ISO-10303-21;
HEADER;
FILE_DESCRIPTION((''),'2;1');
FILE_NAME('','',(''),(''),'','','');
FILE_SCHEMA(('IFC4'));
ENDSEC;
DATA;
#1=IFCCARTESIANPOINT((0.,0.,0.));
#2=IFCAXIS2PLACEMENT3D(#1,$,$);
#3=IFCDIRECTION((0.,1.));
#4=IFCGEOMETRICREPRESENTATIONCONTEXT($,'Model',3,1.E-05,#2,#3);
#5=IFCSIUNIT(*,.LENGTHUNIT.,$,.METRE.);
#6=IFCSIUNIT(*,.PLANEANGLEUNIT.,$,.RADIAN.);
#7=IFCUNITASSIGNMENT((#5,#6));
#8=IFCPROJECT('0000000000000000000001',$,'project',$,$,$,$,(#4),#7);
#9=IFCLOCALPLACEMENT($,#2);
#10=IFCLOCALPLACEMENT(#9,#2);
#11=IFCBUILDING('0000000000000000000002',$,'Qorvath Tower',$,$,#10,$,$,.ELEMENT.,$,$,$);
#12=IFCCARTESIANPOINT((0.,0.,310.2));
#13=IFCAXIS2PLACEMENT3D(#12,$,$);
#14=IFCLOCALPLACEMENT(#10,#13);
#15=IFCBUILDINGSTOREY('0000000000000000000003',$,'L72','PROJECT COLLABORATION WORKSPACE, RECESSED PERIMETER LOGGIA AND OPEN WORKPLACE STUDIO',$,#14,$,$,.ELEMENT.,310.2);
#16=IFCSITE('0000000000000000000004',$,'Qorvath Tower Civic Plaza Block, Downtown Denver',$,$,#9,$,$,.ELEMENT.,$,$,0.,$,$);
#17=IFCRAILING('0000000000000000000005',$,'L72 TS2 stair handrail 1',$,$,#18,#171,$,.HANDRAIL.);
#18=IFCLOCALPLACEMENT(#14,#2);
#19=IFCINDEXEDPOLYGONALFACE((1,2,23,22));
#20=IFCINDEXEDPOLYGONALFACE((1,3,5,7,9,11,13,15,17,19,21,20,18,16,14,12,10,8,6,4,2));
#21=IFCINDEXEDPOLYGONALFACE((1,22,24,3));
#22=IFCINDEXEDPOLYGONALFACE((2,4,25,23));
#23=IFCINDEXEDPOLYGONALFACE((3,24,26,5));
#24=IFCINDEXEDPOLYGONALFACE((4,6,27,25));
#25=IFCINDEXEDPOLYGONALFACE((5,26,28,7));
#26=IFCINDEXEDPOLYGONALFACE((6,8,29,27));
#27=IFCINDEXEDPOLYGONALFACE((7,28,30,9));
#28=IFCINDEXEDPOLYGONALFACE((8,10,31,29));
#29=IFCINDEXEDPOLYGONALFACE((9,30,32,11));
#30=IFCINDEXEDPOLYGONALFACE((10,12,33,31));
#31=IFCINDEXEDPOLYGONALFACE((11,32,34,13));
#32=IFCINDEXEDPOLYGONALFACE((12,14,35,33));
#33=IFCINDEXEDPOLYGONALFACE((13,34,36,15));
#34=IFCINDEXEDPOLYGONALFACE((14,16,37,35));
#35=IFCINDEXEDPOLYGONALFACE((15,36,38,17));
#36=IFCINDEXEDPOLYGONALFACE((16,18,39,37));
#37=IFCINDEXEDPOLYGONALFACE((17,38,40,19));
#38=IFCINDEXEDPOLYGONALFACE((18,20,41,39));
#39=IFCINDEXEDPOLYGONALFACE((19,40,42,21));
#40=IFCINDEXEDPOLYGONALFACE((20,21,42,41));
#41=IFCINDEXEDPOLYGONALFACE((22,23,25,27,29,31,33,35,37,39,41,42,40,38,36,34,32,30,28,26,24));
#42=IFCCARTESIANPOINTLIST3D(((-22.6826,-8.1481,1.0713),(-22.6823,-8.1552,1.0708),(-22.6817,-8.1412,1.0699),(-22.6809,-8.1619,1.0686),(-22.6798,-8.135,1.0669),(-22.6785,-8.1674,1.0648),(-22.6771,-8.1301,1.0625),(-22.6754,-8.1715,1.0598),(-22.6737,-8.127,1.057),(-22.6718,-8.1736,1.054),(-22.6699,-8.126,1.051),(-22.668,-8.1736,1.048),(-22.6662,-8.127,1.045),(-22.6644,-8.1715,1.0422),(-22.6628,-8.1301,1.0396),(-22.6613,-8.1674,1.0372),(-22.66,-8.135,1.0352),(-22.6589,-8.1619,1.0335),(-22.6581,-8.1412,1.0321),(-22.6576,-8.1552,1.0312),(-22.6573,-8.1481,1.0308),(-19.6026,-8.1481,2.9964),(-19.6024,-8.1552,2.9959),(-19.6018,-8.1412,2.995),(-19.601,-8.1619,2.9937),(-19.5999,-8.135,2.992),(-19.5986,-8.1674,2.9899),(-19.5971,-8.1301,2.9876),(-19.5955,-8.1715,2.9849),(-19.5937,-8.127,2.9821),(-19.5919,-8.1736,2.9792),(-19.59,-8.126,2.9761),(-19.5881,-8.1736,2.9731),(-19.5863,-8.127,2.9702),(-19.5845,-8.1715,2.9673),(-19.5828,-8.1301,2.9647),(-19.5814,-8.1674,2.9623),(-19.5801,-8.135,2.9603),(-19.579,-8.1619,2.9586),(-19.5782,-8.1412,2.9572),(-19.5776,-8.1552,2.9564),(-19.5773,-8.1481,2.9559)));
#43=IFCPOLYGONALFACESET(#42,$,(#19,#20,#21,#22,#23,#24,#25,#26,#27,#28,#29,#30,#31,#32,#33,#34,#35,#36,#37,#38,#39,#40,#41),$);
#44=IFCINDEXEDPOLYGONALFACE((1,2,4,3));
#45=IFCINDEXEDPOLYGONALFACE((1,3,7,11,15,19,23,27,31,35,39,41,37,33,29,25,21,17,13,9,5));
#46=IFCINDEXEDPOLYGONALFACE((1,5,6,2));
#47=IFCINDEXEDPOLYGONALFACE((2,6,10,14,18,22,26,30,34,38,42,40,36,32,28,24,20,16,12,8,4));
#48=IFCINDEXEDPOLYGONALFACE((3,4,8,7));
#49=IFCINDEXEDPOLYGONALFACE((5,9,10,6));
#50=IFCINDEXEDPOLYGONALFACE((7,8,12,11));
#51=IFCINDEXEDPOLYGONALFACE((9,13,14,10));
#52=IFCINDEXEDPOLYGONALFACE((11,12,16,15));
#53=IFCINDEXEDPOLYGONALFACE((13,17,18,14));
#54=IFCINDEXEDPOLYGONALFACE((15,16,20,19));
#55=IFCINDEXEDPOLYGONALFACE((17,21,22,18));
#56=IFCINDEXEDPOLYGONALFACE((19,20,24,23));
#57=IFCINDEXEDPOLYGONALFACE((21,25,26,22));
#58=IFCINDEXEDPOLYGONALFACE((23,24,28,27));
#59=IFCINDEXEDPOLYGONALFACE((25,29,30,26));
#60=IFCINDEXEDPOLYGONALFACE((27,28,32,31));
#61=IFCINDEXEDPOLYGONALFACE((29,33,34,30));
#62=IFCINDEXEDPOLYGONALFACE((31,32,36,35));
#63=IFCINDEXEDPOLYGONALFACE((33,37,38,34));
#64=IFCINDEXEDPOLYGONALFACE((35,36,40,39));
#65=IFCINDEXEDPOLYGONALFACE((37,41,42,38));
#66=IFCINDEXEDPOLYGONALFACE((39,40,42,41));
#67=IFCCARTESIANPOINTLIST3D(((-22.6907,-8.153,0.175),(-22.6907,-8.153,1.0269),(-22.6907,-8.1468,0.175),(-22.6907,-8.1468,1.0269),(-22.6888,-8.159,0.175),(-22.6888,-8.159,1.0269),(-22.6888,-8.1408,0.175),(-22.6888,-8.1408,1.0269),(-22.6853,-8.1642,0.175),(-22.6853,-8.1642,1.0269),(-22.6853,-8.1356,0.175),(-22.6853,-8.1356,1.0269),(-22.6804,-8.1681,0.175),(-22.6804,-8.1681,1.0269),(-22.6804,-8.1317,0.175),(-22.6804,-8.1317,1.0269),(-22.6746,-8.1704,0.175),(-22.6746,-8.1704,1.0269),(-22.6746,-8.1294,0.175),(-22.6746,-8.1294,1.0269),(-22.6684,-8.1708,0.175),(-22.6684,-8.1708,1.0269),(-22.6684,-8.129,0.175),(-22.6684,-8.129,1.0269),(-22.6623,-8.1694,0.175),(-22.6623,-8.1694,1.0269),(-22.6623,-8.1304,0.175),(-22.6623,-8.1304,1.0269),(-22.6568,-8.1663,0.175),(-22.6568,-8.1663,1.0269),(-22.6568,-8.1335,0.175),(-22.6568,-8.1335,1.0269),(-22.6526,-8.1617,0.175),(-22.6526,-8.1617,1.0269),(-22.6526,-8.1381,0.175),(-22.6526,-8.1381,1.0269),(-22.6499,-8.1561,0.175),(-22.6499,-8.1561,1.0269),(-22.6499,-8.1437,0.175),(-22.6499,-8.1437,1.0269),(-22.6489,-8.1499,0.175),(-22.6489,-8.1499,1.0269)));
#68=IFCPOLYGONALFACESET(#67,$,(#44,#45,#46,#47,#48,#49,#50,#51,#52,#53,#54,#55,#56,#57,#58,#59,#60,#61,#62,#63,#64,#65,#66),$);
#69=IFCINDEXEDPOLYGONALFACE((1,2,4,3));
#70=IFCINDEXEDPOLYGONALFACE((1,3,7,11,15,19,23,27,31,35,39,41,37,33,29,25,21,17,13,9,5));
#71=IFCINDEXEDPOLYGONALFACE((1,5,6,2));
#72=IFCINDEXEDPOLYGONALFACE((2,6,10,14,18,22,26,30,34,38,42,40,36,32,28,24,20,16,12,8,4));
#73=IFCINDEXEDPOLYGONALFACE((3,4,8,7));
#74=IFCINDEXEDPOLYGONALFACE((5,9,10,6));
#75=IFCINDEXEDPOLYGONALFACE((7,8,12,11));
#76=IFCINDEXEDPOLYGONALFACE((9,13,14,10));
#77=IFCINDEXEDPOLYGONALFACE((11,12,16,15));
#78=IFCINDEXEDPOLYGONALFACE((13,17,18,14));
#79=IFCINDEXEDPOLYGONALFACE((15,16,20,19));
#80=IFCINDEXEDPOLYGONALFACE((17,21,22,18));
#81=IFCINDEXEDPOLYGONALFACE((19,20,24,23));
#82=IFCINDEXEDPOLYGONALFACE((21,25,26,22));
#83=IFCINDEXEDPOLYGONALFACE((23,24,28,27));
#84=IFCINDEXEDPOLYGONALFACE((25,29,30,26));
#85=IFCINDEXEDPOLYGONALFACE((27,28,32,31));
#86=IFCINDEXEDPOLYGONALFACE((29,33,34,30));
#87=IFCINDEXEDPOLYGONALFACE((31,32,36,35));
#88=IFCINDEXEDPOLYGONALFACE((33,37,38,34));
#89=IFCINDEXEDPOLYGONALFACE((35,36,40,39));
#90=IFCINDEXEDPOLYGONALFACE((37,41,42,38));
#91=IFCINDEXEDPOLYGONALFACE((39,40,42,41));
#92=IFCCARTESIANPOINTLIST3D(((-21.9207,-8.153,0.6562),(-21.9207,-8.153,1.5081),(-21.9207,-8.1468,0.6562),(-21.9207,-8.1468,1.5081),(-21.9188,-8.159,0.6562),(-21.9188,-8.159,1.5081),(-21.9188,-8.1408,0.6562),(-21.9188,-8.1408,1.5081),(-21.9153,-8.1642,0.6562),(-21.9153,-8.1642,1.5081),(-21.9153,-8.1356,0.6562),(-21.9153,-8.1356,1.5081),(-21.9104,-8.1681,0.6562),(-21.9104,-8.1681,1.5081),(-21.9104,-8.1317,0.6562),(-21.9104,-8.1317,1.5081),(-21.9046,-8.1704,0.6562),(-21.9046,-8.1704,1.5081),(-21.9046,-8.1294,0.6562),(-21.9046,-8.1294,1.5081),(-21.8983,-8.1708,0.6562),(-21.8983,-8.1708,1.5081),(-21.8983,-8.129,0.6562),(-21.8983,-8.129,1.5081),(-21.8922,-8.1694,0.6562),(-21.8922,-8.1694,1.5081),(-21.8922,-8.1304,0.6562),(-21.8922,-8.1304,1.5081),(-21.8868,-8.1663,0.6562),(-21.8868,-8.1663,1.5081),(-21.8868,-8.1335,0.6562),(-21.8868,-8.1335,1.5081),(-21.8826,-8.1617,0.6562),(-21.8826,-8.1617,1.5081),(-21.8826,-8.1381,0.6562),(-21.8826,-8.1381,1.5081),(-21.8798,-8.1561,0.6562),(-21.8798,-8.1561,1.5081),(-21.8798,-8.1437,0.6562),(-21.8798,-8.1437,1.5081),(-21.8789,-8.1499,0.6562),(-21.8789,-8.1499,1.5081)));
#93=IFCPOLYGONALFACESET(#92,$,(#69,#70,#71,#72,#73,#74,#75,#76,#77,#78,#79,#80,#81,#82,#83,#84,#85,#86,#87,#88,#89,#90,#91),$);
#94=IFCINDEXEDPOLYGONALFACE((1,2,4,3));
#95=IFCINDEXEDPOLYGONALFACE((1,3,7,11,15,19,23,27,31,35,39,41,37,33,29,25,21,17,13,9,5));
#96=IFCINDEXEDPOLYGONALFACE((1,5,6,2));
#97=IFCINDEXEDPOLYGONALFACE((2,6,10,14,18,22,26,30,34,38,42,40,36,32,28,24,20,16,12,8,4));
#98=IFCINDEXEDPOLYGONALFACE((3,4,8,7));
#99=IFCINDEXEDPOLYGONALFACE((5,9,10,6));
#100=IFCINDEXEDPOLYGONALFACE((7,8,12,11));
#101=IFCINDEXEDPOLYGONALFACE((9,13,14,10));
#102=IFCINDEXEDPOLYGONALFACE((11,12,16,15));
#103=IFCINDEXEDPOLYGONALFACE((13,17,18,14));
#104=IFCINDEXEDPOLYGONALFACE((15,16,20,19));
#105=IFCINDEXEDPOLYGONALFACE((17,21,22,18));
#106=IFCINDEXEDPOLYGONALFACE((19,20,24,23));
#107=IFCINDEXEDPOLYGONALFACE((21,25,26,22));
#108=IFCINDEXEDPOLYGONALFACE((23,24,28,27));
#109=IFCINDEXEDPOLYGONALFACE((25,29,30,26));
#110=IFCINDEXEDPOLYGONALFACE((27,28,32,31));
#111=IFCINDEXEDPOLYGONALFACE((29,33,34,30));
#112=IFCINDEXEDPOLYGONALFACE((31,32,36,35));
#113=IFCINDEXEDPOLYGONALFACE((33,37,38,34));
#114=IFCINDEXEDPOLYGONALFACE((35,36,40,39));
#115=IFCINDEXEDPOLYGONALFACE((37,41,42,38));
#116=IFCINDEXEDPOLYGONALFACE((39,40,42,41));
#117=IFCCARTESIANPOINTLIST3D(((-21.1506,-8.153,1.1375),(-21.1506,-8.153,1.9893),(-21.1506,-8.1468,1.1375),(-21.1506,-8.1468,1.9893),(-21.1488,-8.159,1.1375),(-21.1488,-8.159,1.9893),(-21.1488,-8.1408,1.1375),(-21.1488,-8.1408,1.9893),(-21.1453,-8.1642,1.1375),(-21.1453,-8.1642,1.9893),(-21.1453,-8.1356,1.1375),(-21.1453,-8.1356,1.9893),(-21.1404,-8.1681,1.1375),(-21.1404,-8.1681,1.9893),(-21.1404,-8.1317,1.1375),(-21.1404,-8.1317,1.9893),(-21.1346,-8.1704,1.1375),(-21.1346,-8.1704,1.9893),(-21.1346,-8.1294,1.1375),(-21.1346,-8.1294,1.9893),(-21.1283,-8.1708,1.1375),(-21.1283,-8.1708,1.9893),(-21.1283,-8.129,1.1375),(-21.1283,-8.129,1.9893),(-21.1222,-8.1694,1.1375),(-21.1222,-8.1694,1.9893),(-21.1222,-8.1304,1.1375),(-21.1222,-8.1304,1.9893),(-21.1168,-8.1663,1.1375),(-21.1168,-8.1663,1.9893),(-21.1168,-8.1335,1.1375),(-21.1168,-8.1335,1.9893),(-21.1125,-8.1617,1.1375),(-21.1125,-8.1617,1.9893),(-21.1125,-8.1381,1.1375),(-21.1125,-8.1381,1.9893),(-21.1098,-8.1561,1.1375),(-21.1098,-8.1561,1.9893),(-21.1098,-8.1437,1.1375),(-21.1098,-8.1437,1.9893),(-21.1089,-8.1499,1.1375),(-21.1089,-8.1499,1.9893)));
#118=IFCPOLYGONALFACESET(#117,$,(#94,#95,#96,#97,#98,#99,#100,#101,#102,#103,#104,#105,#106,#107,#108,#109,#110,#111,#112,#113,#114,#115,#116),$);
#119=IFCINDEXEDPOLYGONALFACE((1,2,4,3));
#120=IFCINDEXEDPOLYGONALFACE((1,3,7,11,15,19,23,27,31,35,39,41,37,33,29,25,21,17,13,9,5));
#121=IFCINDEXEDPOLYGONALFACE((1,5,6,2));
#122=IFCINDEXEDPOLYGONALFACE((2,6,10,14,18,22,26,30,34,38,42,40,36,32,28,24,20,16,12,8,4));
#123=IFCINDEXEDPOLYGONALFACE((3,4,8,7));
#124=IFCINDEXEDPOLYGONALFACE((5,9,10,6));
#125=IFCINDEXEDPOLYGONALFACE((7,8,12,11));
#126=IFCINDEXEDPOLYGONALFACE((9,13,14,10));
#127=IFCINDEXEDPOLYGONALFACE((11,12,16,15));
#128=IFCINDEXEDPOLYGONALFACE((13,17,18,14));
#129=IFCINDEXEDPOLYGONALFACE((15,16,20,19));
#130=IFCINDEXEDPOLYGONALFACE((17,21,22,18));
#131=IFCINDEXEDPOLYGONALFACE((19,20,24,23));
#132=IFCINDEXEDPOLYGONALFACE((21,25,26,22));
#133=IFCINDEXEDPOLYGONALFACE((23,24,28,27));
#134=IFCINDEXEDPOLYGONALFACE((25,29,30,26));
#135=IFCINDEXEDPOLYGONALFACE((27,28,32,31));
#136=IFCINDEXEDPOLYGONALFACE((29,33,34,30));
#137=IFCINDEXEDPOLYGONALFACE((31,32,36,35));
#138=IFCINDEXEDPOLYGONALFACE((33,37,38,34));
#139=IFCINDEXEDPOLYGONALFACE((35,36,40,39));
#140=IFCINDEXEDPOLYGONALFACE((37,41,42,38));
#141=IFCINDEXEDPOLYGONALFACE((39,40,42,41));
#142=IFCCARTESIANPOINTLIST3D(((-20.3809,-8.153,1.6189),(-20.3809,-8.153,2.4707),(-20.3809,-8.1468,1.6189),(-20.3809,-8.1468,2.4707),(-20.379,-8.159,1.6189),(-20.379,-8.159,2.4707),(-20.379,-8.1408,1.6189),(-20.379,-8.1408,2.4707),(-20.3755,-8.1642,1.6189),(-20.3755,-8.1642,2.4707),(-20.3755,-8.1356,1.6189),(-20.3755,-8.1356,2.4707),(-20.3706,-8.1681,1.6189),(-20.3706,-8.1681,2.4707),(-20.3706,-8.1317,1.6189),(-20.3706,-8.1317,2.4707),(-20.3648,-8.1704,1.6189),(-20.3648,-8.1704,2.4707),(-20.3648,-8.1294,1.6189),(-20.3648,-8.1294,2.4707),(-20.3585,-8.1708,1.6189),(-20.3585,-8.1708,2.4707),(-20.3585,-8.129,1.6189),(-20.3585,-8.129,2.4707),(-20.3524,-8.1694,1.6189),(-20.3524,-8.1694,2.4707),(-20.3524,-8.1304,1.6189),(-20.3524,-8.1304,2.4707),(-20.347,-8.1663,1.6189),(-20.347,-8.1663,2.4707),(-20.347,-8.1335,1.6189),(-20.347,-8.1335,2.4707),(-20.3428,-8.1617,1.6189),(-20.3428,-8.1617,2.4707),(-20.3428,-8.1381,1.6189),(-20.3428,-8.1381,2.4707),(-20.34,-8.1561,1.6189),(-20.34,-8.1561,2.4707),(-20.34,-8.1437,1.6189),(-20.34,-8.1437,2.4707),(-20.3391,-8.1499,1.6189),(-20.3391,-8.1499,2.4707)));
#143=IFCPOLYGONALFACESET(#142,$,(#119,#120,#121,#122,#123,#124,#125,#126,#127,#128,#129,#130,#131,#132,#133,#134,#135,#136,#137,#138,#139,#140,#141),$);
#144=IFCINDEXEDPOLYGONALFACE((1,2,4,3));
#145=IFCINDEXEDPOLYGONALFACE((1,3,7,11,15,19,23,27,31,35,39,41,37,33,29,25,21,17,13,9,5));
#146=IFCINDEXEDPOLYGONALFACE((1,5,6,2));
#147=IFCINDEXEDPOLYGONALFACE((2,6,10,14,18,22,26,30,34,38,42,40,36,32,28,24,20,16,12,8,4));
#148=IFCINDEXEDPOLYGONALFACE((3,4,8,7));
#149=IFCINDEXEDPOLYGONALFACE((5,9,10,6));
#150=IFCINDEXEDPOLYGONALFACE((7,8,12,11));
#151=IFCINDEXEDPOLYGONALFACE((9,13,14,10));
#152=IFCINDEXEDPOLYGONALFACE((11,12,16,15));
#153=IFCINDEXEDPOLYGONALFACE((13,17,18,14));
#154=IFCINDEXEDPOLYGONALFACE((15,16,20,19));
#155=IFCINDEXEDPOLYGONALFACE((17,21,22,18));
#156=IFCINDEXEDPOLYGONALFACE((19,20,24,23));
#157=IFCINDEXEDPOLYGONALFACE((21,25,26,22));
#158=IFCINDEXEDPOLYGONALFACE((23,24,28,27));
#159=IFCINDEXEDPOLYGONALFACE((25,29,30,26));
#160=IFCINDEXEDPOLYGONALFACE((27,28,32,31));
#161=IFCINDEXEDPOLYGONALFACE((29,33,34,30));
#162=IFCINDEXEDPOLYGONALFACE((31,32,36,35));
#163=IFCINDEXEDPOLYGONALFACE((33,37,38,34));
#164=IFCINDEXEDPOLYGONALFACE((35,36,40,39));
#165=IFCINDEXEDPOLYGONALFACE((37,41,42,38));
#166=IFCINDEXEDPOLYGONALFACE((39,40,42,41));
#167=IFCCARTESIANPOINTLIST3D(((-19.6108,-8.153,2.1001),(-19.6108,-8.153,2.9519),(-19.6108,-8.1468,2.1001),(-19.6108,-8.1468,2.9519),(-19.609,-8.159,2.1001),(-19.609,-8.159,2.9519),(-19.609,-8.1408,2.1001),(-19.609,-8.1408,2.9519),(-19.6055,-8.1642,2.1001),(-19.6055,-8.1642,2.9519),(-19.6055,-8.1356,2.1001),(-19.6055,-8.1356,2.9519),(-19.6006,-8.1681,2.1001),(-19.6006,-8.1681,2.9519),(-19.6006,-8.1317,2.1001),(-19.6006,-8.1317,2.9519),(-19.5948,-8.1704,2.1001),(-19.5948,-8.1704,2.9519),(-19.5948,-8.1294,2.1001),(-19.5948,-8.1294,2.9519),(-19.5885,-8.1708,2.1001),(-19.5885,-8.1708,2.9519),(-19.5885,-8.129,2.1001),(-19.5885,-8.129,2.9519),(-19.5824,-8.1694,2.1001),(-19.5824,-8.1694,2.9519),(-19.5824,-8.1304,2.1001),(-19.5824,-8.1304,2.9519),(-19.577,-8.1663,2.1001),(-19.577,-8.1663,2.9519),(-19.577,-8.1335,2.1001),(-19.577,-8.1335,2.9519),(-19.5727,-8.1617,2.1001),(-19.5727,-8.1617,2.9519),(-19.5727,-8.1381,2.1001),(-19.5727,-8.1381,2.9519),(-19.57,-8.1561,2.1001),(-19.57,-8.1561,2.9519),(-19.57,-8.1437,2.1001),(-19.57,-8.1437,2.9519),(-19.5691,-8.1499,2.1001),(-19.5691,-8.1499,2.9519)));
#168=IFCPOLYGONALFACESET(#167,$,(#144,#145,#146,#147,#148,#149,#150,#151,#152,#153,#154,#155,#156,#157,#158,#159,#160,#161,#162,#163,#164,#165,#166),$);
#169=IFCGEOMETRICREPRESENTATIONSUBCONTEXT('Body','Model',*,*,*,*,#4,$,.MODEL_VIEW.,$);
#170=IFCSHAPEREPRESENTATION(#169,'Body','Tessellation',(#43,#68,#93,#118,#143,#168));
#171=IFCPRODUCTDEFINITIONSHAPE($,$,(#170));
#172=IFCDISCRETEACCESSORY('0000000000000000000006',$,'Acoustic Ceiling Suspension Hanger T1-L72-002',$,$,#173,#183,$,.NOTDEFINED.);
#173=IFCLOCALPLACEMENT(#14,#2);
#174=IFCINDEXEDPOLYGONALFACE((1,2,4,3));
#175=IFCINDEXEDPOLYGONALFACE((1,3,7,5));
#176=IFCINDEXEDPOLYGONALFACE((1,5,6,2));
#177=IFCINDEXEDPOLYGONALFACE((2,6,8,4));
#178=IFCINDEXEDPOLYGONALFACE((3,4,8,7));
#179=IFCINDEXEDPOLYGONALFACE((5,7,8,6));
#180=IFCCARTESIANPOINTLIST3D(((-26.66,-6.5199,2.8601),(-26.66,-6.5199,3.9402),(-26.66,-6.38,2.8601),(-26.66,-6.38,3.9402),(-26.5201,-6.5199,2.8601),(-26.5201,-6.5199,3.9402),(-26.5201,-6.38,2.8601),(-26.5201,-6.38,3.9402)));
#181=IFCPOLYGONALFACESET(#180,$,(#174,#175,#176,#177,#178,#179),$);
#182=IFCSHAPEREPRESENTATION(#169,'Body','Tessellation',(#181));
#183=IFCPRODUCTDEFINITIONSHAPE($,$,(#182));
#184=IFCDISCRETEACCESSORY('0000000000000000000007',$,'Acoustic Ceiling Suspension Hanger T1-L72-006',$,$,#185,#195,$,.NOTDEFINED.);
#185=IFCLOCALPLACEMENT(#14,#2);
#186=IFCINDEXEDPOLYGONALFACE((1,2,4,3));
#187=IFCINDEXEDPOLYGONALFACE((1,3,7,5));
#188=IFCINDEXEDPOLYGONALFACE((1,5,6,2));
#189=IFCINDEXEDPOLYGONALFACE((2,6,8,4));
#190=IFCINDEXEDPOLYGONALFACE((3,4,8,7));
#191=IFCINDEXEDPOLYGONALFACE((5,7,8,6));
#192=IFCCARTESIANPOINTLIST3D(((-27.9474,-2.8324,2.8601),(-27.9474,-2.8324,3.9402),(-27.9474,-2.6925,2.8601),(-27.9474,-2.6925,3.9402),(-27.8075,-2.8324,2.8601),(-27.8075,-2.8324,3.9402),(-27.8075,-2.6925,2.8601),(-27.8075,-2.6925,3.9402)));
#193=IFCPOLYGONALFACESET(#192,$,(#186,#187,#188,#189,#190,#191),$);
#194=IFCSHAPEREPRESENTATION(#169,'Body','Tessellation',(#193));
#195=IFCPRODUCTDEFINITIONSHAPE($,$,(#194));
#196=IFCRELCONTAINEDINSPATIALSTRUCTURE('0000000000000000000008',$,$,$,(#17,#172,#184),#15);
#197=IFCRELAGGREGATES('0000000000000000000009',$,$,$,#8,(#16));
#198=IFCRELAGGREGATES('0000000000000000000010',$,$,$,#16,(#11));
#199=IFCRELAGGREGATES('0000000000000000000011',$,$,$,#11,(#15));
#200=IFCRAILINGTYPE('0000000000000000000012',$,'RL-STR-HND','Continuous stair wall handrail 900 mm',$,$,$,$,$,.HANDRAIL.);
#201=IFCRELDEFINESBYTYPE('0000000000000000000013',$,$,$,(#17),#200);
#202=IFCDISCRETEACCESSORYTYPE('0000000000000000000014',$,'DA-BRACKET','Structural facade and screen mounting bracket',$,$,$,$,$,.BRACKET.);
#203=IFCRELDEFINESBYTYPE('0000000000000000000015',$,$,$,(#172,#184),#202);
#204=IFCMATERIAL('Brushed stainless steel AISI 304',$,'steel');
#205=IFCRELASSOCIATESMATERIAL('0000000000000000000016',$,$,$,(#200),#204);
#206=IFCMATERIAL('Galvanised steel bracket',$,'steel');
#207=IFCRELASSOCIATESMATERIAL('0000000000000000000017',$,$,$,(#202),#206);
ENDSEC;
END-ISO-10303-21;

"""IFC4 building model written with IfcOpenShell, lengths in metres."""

from ifc_helpers import new_model, si_unit, direction, frame, origin, origin_2d, place, context, subcontext, project, spatial, rectangle, circle, extrude, material, type_object, element, save


model = new_model("IFC4")

# Units and contexts
model_context = context("Model", 3, precision=1e-05, world=origin(), true_north=direction((0.0, 1.0)))
body_context = subcontext(model_context, "Body", "Model", "MODEL_VIEW")
ifc_project = project(units=[si_unit("LENGTHUNIT", "METRE"), si_unit("PLANEANGLEUNIT", "RADIAN")], contexts=[model_context])

# Site, building, storey
site_placement = place(None, origin())
site = spatial("IfcSite", under=ifc_project, at=site_placement, Name="Qorvath Tower Civic Plaza Block, Downtown Denver", CompositionType="ELEMENT", RefElevation=0.0)
building_placement = place(site_placement, origin())
building = spatial("IfcBuilding", under=site, at=building_placement, Name="Qorvath Tower", CompositionType="ELEMENT")
storey_placement = place(building_placement, frame((0.0, 0.0, 310.2)))
storey = spatial("IfcBuildingStorey", under=building, at=storey_placement, Name="L72", Description="PROJECT COLLABORATION WORKSPACE, RECESSED PERIMETER LOGGIA AND OPEN WORKPLACE STUDIO", CompositionType="ELEMENT", Elevation=310.2)

# Railing
ifc_material_1 = material(Name="Brushed stainless steel AISI 304", Category="steel")
railing_type_1 = type_object("IfcRailingType", Name="RL-STR-HND", Description="Continuous stair wall handrail 900 mm", PredefinedType="HANDRAIL", material=ifc_material_1)
railing_1_placement = place(storey_placement, frame((-22.6699, -8.1499, 0.175)))
element("IfcRailing", 1, at=railing_1_placement, inside=storey, type_object=railing_type_1, Name="L72 TS2 stair handrail 1", PredefinedType="HANDRAIL", context=body_context, shape_type="SweptSolid", body=[
    extrude(circle(Radius=0.0239, at=origin_2d()), frame((0.0, 0.0, 0.876), z_axis=(0.847979, 0.0, 0.530029), x_axis=(0.0, 1.0, 0.0)), (0.0, 0.0, 1.0), 3.6321),
    extrude(circle(Radius=0.021, at=origin_2d()), origin(), (0.0, 0.0, 1.0), 0.8518),
    extrude(circle(Radius=0.021, at=origin_2d()), frame((0.77, 0.0, 0.4812)), (0.0, 0.0, 1.0), 0.8518),
    extrude(circle(Radius=0.021, at=origin_2d()), frame((1.54, 0.0, 0.9624)), (0.0, 0.0, 1.0), 0.8518),
    extrude(circle(Radius=0.021, at=origin_2d()), frame((2.3098, 0.0, 1.4438)), (0.0, 0.0, 1.0), 0.8518),
    extrude(circle(Radius=0.021, at=origin_2d()), frame((3.0798, 0.0, 1.925)), (0.0, 0.0, 1.0), 0.8518),
])

# Discrete accessories
ifc_material_2 = material(Name="Galvanised steel bracket", Category="steel")
discrete_accessory_type = type_object("IfcDiscreteAccessoryType", Name="DA-BRACKET", Description="Structural facade and screen mounting bracket", PredefinedType="BRACKET", material=ifc_material_2)
for number, where, z_axis, x_axis, name in (
    (2, (-26.5901, -6.45, 2.8601), (0.0, 0.0, 1.0), (1.0, 0.0, 0.0), "Acoustic Ceiling Suspension Hanger T1-L72-002"),
    (3, (-27.8774, -2.7625, 2.8601), (0.0, 0.0, 1.0), (1.0, 0.0, 0.0), "Acoustic Ceiling Suspension Hanger T1-L72-006"),
):
    element("IfcDiscreteAccessory", number, at=place(storey_placement, frame(where, z_axis=z_axis, x_axis=x_axis)), inside=storey, type_object=discrete_accessory_type, Name=name, PredefinedType="NOTDEFINED", context=body_context, shape_type="SweptSolid", body=[
        extrude(rectangle(XDim=0.1399, YDim=0.1399, at=origin_2d()), origin(), (0.0, 0.0, 1.0), 1.0801),
    ])

save(model, "model.ifc")
